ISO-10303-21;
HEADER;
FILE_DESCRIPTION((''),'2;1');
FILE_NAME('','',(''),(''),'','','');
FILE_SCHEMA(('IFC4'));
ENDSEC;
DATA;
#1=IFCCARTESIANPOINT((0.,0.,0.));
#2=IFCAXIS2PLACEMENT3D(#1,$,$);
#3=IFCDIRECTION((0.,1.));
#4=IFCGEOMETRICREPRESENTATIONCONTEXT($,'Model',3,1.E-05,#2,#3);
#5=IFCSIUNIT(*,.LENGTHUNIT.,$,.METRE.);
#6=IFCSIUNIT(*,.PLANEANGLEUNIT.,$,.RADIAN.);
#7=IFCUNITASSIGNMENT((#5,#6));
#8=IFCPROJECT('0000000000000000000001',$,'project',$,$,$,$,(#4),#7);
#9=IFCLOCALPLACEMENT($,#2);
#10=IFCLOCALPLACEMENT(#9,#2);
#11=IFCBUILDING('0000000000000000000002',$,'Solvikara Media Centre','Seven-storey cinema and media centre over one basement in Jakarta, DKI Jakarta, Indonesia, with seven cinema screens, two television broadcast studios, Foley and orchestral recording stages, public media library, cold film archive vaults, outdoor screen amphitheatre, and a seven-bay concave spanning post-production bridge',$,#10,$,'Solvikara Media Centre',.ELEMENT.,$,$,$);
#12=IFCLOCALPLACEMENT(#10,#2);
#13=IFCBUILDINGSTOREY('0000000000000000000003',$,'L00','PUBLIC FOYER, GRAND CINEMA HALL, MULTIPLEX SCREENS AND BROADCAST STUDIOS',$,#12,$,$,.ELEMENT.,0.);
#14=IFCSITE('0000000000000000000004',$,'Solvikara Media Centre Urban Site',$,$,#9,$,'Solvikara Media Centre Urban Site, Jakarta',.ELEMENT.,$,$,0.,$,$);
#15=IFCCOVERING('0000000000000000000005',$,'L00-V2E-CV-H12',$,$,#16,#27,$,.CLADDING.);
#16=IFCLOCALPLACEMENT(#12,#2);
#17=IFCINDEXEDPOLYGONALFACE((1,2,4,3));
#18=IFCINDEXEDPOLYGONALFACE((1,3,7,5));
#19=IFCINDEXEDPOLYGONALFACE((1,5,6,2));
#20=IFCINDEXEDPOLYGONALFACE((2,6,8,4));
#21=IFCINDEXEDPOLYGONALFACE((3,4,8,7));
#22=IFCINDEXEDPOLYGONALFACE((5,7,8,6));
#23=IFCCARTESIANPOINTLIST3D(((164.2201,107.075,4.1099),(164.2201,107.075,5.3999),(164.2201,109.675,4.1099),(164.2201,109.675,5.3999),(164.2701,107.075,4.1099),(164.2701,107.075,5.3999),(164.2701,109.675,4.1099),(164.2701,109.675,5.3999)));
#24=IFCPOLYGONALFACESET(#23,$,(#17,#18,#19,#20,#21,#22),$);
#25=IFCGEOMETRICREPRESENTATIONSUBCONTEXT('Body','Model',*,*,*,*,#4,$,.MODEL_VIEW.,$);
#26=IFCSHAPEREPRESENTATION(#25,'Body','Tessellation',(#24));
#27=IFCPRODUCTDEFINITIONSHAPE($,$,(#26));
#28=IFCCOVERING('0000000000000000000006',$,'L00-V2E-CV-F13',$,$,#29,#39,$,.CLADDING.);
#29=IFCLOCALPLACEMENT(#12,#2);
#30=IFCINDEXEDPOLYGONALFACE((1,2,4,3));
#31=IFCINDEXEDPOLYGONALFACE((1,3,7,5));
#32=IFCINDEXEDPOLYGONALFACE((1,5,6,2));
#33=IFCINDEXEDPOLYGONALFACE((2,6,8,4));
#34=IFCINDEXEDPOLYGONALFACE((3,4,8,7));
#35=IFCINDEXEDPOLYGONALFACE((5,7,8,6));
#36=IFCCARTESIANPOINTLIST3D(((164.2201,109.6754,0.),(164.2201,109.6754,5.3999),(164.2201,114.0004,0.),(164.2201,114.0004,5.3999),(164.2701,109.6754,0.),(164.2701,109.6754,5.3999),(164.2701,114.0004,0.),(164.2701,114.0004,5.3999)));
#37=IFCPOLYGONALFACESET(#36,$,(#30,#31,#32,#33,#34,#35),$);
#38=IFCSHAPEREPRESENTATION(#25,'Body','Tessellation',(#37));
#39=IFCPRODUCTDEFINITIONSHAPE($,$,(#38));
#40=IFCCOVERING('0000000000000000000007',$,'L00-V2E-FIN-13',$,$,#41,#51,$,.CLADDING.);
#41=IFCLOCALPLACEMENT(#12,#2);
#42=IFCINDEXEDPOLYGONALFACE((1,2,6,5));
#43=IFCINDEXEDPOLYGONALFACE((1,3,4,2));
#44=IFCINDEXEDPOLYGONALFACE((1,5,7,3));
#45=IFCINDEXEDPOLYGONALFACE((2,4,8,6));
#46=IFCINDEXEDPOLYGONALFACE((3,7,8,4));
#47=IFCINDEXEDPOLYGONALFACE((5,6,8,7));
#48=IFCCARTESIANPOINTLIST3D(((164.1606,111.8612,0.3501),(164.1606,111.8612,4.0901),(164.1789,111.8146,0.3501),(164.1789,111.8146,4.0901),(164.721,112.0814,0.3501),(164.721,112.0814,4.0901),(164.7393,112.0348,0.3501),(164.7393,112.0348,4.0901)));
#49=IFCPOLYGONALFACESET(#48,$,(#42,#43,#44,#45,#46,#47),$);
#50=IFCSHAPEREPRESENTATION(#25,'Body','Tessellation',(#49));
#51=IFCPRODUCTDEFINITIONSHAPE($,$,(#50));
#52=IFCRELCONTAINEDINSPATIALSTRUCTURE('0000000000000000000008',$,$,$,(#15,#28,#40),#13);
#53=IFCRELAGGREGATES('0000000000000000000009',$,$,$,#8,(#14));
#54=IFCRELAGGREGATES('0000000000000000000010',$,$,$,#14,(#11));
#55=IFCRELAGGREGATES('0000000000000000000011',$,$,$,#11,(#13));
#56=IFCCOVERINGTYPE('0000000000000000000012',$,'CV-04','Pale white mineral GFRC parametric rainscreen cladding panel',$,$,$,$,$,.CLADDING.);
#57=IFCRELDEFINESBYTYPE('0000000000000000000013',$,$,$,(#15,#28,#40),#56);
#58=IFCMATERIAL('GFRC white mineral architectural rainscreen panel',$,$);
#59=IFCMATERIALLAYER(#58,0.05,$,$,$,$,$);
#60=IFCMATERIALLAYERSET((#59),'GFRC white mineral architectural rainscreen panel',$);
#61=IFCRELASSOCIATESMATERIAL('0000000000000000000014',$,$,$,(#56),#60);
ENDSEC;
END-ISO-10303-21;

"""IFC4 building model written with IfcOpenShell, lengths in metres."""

from ifc_helpers import new_model, si_unit, direction, frame, origin, origin_2d, place, context, subcontext, project, spatial, rectangle, extrude, material, layer, layer_set, type_object, element, save


model = new_model("IFC4")

# Units and contexts
model_context = context("Model", 3, precision=1e-05, world=origin(), true_north=direction((0.0, 1.0)))
body_context = subcontext(model_context, "Body", "Model", "MODEL_VIEW")
ifc_project = project(units=[si_unit("LENGTHUNIT", "METRE"), si_unit("PLANEANGLEUNIT", "RADIAN")], contexts=[model_context])

# Site, building, storey
site_placement = place(None, origin())
site = spatial("IfcSite", under=ifc_project, at=site_placement, Name="Solvikara Media Centre Urban Site", LongName="Solvikara Media Centre Urban Site, Jakarta", CompositionType="ELEMENT", RefElevation=0.0)
building_placement = place(site_placement, origin())
building = spatial("IfcBuilding", under=site, at=building_placement, Name="Solvikara Media Centre", Description="Seven-storey cinema and media centre over one basement in Jakarta, DKI Jakarta, Indonesia, with seven cinema screens, two television broadcast studios, Foley and orchestral recording stages, public media library, cold film archive vaults, outdoor screen amphitheatre, and a seven-bay concave spanning post-production bridge", LongName="Solvikara Media Centre", CompositionType="ELEMENT")
storey_placement = place(building_placement, origin())
storey = spatial("IfcBuildingStorey", under=building, at=storey_placement, Name="L00", Description="PUBLIC FOYER, GRAND CINEMA HALL, MULTIPLEX SCREENS AND BROADCAST STUDIOS", CompositionType="ELEMENT", Elevation=0.0)

# Coverings
ifc_material_1 = material(Name="GFRC white mineral architectural rainscreen panel")
ifc_layer_1 = layer(ifc_material_1, 0.05)
ifc_layer_set_1 = layer_set([ifc_layer_1], Name="GFRC white mineral architectural rainscreen panel")
covering_type = type_object("IfcCoveringType", Name="CV-04", Description="Pale white mineral GFRC parametric rainscreen cladding panel", PredefinedType="CLADDING", material=ifc_layer_set_1)
covering_1_placement = place(storey_placement, frame((164.2451, 108.375, 4.1099), z_axis=(0.0, 0.0, 1.0), x_axis=(0.0, 1.0, 0.0)))
element("IfcCovering", 1, at=covering_1_placement, inside=storey, type_object=covering_type, Name="L00-V2E-CV-H12", PredefinedType="CLADDING", context=body_context, shape_type="SweptSolid", body=[
    extrude(rectangle(XDim=2.6001, YDim=0.05, at=origin_2d()), origin(), (0.0, 0.0, 1.0), 1.29),
])
covering_2_placement = place(storey_placement, frame((164.2451, 111.8379, 0.0), z_axis=(0.0, 0.0, 1.0), x_axis=(0.0, 1.0, 0.0)))
element("IfcCovering", 2, at=covering_2_placement, inside=storey, type_object=covering_type, Name="L00-V2E-CV-F13", PredefinedType="CLADDING", context=body_context, shape_type="SweptSolid", body=[
    extrude(rectangle(XDim=4.325, YDim=0.05, at=origin_2d()), origin(), (0.0, 0.0, 1.0), 5.3999),
])
covering_3_placement = place(storey_placement, frame((164.45, 111.948, 0.3501), z_axis=(0.0, 0.0, 1.0), x_axis=(0.93075, 0.365657, 0.0)))
element("IfcCovering", 3, at=covering_3_placement, inside=storey, type_object=covering_type, Name="L00-V2E-FIN-13", PredefinedType="CLADDING", context=body_context, shape_type="SweptSolid", body=[
    extrude(rectangle(XDim=0.6021, YDim=0.05, at=origin_2d()), origin(), (0.0, 0.0, 1.0), 3.74),
])

save(model, "model.ifc")
